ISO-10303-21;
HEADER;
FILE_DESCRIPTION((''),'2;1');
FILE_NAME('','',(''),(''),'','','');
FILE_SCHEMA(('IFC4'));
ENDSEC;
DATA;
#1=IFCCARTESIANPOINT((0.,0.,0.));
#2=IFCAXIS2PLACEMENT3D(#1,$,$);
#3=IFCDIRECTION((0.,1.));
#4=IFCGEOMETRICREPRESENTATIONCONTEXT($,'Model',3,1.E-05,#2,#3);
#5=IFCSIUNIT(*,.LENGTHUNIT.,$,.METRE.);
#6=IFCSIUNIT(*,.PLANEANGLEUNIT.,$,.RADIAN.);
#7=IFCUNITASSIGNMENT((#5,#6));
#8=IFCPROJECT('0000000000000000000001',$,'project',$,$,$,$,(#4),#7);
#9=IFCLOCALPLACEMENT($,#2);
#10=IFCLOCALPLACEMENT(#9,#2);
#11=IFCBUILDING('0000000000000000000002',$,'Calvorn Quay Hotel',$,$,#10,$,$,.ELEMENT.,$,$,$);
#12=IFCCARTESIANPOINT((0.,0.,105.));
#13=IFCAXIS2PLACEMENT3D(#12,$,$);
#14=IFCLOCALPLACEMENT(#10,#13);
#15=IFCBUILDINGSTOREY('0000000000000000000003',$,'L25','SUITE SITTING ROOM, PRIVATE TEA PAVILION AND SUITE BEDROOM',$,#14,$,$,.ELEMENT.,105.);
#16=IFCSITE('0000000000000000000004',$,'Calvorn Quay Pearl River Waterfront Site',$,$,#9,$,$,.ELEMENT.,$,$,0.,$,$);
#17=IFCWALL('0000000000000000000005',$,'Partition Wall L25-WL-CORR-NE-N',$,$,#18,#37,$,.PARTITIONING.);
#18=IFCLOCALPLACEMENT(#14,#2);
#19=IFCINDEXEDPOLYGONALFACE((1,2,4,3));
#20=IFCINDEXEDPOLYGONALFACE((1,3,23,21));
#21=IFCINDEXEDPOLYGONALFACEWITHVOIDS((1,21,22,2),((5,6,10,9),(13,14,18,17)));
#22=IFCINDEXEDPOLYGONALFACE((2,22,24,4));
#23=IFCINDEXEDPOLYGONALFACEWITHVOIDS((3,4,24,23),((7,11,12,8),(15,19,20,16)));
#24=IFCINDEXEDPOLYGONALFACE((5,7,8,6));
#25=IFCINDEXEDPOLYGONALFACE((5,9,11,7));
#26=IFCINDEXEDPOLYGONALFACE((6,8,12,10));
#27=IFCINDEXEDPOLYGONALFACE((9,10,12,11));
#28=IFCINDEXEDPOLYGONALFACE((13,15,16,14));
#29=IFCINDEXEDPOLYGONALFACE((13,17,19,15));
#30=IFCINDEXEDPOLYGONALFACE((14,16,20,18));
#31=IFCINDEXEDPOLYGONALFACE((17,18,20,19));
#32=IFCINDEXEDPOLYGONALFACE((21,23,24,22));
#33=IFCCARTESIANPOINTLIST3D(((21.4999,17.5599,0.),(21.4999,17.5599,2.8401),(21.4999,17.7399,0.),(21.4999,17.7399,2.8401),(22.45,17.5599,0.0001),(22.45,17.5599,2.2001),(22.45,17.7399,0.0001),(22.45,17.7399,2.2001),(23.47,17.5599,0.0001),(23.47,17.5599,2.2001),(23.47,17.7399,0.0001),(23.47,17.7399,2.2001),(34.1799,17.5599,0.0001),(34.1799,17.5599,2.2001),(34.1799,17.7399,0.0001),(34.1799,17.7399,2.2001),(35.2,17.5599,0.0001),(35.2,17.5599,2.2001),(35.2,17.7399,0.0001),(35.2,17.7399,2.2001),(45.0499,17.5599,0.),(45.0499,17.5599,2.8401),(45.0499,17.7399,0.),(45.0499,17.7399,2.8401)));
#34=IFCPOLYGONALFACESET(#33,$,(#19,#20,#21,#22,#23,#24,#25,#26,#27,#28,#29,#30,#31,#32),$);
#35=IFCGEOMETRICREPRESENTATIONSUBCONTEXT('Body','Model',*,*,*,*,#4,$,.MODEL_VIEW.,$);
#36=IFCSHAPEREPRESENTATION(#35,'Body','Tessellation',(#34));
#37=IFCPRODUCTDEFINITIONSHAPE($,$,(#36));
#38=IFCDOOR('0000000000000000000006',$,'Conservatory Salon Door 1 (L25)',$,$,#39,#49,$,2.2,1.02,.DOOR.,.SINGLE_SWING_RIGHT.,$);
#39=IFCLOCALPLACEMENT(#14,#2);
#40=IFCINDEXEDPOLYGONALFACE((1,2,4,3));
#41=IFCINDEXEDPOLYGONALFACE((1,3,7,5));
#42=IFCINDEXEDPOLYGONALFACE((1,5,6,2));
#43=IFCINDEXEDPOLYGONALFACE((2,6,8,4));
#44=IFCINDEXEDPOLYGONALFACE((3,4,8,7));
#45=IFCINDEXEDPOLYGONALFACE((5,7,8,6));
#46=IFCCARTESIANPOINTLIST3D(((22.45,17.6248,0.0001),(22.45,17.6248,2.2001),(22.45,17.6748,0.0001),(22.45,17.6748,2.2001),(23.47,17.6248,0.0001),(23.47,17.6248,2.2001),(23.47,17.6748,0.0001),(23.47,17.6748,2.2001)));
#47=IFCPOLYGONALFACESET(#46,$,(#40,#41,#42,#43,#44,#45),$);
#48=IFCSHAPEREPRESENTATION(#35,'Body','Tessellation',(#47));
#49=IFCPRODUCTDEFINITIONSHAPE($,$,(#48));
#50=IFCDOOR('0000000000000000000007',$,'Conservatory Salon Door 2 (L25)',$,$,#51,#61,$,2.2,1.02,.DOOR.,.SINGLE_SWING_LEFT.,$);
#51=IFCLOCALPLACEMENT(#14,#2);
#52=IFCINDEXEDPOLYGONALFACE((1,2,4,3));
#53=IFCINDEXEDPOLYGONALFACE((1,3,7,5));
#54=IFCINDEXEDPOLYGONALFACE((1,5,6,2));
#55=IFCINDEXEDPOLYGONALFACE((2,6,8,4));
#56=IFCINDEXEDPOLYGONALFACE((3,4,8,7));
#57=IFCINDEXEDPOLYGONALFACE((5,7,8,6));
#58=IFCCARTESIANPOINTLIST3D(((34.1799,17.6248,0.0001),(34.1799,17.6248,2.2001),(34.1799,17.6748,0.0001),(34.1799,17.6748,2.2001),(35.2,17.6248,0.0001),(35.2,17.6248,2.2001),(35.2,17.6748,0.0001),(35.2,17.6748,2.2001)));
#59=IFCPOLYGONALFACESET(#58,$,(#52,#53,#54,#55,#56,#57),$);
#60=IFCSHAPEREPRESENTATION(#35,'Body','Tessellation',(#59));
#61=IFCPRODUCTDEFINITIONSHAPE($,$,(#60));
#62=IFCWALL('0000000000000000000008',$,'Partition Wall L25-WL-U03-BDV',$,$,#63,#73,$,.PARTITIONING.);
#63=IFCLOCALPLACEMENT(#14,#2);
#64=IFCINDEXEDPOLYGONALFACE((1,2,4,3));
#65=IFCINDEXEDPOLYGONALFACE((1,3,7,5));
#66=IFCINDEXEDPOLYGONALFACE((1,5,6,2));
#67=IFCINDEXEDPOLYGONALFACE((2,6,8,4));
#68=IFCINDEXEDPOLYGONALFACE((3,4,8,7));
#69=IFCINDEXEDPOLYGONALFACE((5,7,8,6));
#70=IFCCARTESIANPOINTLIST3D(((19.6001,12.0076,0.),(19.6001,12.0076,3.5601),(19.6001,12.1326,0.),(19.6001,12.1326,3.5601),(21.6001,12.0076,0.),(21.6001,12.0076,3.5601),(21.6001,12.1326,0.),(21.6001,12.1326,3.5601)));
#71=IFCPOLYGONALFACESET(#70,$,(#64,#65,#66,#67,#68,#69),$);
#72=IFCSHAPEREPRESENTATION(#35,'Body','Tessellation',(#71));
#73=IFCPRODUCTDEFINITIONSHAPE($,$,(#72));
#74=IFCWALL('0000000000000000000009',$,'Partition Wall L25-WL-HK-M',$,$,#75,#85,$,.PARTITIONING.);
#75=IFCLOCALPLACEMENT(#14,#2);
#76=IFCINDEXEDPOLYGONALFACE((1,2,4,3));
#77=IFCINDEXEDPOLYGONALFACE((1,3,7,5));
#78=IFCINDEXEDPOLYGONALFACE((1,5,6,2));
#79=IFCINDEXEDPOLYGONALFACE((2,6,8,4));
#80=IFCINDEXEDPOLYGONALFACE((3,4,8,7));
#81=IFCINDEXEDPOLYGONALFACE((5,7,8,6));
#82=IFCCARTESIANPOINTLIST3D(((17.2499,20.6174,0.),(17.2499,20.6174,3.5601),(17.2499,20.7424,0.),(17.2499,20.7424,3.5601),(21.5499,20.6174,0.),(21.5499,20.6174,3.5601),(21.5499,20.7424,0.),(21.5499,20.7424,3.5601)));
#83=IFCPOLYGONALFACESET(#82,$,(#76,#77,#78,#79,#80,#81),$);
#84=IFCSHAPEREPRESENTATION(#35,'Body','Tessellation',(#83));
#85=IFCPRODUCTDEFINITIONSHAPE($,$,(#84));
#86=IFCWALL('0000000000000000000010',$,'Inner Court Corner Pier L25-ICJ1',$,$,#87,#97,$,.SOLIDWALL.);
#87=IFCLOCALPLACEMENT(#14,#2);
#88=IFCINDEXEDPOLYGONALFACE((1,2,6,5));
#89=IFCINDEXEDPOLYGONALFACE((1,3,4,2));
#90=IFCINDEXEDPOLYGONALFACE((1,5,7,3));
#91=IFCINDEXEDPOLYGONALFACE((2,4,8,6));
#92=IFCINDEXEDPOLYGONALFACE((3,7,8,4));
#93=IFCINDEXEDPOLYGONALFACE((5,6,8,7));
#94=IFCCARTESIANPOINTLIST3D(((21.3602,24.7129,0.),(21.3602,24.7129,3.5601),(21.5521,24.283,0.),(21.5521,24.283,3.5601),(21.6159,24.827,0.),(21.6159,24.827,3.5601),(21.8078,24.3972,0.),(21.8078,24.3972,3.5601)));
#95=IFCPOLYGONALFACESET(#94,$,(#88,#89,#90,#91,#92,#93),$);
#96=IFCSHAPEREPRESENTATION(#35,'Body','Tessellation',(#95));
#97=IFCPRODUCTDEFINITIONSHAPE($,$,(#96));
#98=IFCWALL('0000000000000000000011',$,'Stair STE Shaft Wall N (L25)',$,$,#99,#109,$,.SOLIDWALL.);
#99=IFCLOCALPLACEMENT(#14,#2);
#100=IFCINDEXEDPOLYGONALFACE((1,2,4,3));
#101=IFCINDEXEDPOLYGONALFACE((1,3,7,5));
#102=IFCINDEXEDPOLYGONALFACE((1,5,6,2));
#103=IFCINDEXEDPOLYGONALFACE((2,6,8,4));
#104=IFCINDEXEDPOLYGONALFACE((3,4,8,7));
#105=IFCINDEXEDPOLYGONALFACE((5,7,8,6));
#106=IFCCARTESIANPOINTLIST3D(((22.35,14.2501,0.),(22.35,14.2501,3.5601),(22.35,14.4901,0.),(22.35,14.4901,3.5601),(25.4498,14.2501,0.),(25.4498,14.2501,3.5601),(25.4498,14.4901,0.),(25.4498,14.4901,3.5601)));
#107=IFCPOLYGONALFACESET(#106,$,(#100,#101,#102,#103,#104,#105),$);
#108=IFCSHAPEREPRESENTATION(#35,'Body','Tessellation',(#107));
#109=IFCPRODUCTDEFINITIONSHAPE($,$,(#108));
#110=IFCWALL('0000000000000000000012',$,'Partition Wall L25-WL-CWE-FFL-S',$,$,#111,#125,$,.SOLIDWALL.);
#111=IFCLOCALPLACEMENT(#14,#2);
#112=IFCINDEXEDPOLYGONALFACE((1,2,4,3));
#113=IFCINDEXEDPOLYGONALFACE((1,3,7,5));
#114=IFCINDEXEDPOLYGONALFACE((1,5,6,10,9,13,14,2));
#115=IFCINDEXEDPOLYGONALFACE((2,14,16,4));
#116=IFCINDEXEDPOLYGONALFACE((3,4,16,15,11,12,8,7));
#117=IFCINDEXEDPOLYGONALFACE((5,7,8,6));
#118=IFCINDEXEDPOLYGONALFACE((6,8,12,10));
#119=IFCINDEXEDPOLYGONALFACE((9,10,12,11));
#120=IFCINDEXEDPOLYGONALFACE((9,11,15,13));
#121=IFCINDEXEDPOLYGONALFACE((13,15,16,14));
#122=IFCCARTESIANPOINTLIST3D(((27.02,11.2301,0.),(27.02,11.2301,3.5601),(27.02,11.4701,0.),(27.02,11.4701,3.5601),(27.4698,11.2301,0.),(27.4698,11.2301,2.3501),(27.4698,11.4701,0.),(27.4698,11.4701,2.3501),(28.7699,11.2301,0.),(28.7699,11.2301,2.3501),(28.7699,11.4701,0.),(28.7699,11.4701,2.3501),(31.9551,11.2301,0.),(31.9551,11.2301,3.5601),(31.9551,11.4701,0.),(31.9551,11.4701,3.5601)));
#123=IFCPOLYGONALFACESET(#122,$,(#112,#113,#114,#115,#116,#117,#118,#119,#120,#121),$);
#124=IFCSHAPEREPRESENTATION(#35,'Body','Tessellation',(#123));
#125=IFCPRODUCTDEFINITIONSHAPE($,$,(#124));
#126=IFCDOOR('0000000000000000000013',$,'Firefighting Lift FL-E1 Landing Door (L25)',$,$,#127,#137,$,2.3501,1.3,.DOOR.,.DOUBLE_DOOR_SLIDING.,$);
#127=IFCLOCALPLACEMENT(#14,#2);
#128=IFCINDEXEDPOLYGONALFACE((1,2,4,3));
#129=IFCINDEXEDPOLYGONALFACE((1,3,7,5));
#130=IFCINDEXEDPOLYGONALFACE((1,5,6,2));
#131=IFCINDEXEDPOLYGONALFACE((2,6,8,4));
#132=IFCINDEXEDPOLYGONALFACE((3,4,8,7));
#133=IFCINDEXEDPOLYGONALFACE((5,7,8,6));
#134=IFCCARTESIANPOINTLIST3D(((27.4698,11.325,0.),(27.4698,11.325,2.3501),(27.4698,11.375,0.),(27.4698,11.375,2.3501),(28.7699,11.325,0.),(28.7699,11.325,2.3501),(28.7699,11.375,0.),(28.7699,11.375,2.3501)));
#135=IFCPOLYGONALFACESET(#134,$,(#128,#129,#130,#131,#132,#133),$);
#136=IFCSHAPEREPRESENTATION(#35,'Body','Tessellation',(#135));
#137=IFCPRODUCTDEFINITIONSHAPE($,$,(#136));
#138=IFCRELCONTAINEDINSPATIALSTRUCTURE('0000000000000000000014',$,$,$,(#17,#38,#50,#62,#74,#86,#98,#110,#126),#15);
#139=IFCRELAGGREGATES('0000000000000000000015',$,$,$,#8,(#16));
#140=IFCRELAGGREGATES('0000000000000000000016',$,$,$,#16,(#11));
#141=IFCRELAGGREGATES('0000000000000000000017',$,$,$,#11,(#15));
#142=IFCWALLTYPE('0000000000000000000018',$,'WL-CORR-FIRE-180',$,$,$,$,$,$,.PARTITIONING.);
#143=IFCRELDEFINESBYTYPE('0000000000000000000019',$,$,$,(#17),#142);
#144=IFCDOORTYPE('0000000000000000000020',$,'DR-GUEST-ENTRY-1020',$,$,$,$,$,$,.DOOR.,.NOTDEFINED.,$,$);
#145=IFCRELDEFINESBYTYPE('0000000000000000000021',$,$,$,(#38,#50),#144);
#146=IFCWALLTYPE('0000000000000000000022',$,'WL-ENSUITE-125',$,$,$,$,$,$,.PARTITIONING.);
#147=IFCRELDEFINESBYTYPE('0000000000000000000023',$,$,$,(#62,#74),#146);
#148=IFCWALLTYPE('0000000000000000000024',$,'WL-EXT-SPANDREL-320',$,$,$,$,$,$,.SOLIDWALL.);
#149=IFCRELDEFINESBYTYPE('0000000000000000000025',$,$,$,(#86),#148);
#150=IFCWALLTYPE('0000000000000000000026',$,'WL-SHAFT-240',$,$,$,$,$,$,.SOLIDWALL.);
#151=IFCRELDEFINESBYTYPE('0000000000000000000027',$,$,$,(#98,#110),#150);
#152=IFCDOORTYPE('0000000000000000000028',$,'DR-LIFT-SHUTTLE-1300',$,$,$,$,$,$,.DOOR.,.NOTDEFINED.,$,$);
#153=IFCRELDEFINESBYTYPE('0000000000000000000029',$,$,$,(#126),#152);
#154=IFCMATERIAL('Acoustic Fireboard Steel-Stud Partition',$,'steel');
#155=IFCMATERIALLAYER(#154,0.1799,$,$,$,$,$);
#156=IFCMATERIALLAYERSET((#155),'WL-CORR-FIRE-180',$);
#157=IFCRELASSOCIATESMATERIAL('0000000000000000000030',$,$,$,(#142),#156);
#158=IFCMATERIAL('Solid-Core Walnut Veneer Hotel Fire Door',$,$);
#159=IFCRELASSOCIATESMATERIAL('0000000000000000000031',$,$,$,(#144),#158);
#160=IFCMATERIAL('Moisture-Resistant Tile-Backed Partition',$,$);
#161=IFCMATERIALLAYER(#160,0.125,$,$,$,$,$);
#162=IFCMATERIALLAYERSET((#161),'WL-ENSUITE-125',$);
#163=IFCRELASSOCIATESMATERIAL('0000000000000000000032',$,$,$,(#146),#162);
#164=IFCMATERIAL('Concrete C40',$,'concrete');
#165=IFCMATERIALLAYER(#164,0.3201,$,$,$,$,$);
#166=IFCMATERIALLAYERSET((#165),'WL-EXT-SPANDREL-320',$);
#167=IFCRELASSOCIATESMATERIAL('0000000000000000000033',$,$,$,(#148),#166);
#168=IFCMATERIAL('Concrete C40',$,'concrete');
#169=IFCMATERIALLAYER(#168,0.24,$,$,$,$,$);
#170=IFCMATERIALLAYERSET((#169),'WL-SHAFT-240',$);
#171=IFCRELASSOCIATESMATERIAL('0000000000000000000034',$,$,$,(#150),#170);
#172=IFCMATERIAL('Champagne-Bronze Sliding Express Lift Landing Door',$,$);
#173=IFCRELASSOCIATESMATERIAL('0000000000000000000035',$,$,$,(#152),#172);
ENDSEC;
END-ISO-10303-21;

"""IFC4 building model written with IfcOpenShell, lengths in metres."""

from ifc_helpers import new_model, si_unit, direction, frame, frame_2d, origin, place, context, subcontext, project, spatial, rectangle, extrude, material, layer, layer_set, type_object, element, fill, save


model = new_model("IFC4")

# Units and contexts
model_context = context("Model", 3, precision=1e-05, world=origin(), true_north=direction((0.0, 1.0)))
body_context = subcontext(model_context, "Body", "Model", "MODEL_VIEW")
ifc_project = project(units=[si_unit("LENGTHUNIT", "METRE"), si_unit("PLANEANGLEUNIT", "RADIAN")], contexts=[model_context])

# Site, building, storey
site_placement = place(None, origin())
site = spatial("IfcSite", under=ifc_project, at=site_placement, Name="Calvorn Quay Pearl River Waterfront Site", CompositionType="ELEMENT", RefElevation=0.0)
building_placement = place(site_placement, origin())
building = spatial("IfcBuilding", under=site, at=building_placement, Name="Calvorn Quay Hotel", CompositionType="ELEMENT")
storey_placement = place(building_placement, frame((0.0, 0.0, 105.0)))
storey = spatial("IfcBuildingStorey", under=building, at=storey_placement, Name="L25", Description="SUITE SITTING ROOM, PRIVATE TEA PAVILION AND SUITE BEDROOM", CompositionType="ELEMENT", Elevation=105.0)

# Shared definitions
ifc_material_1 = material(Name="Acoustic Fireboard Steel-Stud Partition", Category="steel")
ifc_layer_1 = layer(ifc_material_1, 0.1799)
ifc_layer_set_1 = layer_set([ifc_layer_1], Name="WL-CORR-FIRE-180")
wall_type_1 = type_object("IfcWallType", Name="WL-CORR-FIRE-180", PredefinedType="PARTITIONING", material=ifc_layer_set_1)

# Wall, openings, doors
wall_1_placement = place(storey_placement, frame((21.5, 17.6499, 0.0), z_axis=(0.0, 0.0, 1.0), x_axis=(1.0, 0.0, 0.0)))
wall_1 = element("IfcWall", 1, at=wall_1_placement, inside=storey, type_object=wall_type_1, Name="Partition Wall L25-WL-CORR-NE-N", PredefinedType="PARTITIONING", context=body_context, shape_type="SweptSolid", body=[
    extrude(rectangle(XDim=23.55, YDim=0.1799, at=frame_2d((11.7749, 0.0))), origin(), (0.0, 0.0, 1.0), 2.8401),
])
opening_1_placement = place(wall_1_placement, frame((0.95, 0.0, 0.0)))
opening_1 = element("IfcOpeningElement", 2, at=opening_1_placement, cuts=wall_1, PredefinedType="OPENING", context=body_context, shape_type="SweptSolid", body=[
    extrude(rectangle(XDim=1.02, YDim=2.2, at=frame_2d((0.51, 1.1001))), frame((0.0, 0.0999, 0.0), z_axis=(0.0, -1.0, 0.0), x_axis=(1.0, 0.0, 0.0)), (0.0, 0.0, 1.0), 0.2),
])
opening_2_placement = place(wall_1_placement, frame((12.6799, 0.0, 0.0)))
opening_2 = element("IfcOpeningElement", 3, at=opening_2_placement, cuts=wall_1, PredefinedType="OPENING", context=body_context, shape_type="SweptSolid", body=[
    extrude(rectangle(XDim=1.02, YDim=2.2, at=frame_2d((0.51, 1.1001))), frame((0.0, 0.0999, 0.0), z_axis=(0.0, -1.0, 0.0), x_axis=(1.0, 0.0, 0.0)), (0.0, 0.0, 1.0), 0.2),
])
ifc_material_2 = material(Name="Solid-Core Walnut Veneer Hotel Fire Door")
door_type_1 = type_object("IfcDoorType", Name="DR-GUEST-ENTRY-1020", OperationType="NOTDEFINED", PredefinedType="DOOR", material=ifc_material_2)
door_1_placement = place(opening_1_placement, origin())
door_1 = element("IfcDoor", 4, at=door_1_placement, inside=storey, type_object=door_type_1, Name="Conservatory Salon Door 1 (L25)", OperationType="SINGLE_SWING_RIGHT", OverallHeight=2.2, OverallWidth=1.02, PredefinedType="DOOR", context=body_context, shape_type="SweptSolid", body=[
    extrude(rectangle(XDim=1.02, YDim=2.2, at=frame_2d((0.51, 1.1001))), frame((0.0, 0.0249, 0.0), z_axis=(0.0, -1.0, 0.0), x_axis=(1.0, 0.0, 0.0)), (0.0, 0.0, 1.0), 0.05),
])
fill(opening_1, door_1)
door_2_placement = place(opening_2_placement, origin())
door_2 = element("IfcDoor", 5, at=door_2_placement, inside=storey, type_object=door_type_1, Name="Conservatory Salon Door 2 (L25)", OperationType="SINGLE_SWING_LEFT", OverallHeight=2.2, OverallWidth=1.02, PredefinedType="DOOR", context=body_context, shape_type="SweptSolid", body=[
    extrude(rectangle(XDim=1.02, YDim=2.2, at=frame_2d((0.51, 1.1001))), frame((0.0, 0.0249, 0.0), z_axis=(0.0, -1.0, 0.0), x_axis=(1.0, 0.0, 0.0)), (0.0, 0.0, 1.0), 0.05),
])
fill(opening_2, door_2)

# Walls
ifc_material_3 = material(Name="Moisture-Resistant Tile-Backed Partition")
ifc_layer_2 = layer(ifc_material_3, 0.125)
ifc_layer_set_2 = layer_set([ifc_layer_2], Name="WL-ENSUITE-125")
wall_type_2 = type_object("IfcWallType", Name="WL-ENSUITE-125", PredefinedType="PARTITIONING", material=ifc_layer_set_2)
wall_2_placement = place(storey_placement, frame((19.6001, 12.0701, 0.0), z_axis=(0.0, 0.0, 1.0), x_axis=(1.0, 0.0, 0.0)))
element("IfcWall", 6, at=wall_2_placement, inside=storey, type_object=wall_type_2, Name="Partition Wall L25-WL-U03-BDV", PredefinedType="PARTITIONING", context=body_context, shape_type="SweptSolid", body=[
    extrude(rectangle(XDim=2.0, YDim=0.125, at=frame_2d((1.0, 0.0))), origin(), (0.0, 0.0, 1.0), 3.5601),
])
wall_3_placement = place(storey_placement, frame((17.25, 20.6799, 0.0), z_axis=(0.0, 0.0, 1.0), x_axis=(1.0, 0.0, 0.0)))
element("IfcWall", 7, at=wall_3_placement, inside=storey, type_object=wall_type_2, Name="Partition Wall L25-WL-HK-M", PredefinedType="PARTITIONING", context=body_context, shape_type="SweptSolid", body=[
    extrude(rectangle(XDim=4.3, YDim=0.125, at=frame_2d((2.1499, 0.0))), origin(), (0.0, 0.0, 1.0), 3.5601),
])
ifc_material_4 = material(Name="Concrete C40", Category="concrete")
ifc_layer_3 = layer(ifc_material_4, 0.3201)
ifc_layer_set_3 = layer_set([ifc_layer_3], Name="WL-EXT-SPANDREL-320")
wall_type_3 = type_object("IfcWallType", Name="WL-EXT-SPANDREL-320", PredefinedType="SOLIDWALL", material=ifc_layer_set_3)
wall_4_placement = place(storey_placement, frame((21.6799, 24.3401, 0.0), z_axis=(0.0, 0.0, 1.0), x_axis=(-0.407581, 0.913169, 0.0)))
element("IfcWall", 8, at=wall_4_placement, inside=storey, type_object=wall_type_3, Name="Inner Court Corner Pier L25-ICJ1", PredefinedType="SOLIDWALL", context=body_context, shape_type="SweptSolid", body=[
    extrude(rectangle(XDim=0.4707, YDim=0.28, at=frame_2d((0.2354, 0.0))), origin(), (0.0, 0.0, 1.0), 3.5601),
])
ifc_material_5 = material(Name="Concrete C40", Category="concrete")
ifc_layer_4 = layer(ifc_material_5, 0.24)
ifc_layer_set_4 = layer_set([ifc_layer_4], Name="WL-SHAFT-240")
wall_type_4 = type_object("IfcWallType", Name="WL-SHAFT-240", PredefinedType="SOLIDWALL", material=ifc_layer_set_4)
wall_5_placement = place(storey_placement, frame((22.3501, 14.3701, 0.0), z_axis=(0.0, 0.0, 1.0), x_axis=(1.0, 0.0, 0.0)))
element("IfcWall", 9, at=wall_5_placement, inside=storey, type_object=wall_type_4, Name="Stair STE Shaft Wall N (L25)", PredefinedType="SOLIDWALL", context=body_context, shape_type="SweptSolid", body=[
    extrude(rectangle(XDim=3.0999, YDim=0.24, at=frame_2d((1.5498, 0.0))), origin(), (0.0, 0.0, 1.0), 3.5601),
])

# Wall, opening, door
wall_6_placement = place(storey_placement, frame((27.02, 11.3501, 0.0), z_axis=(0.0, 0.0, 1.0), x_axis=(1.0, 0.0, 0.0)))
wall_6 = element("IfcWall", 10, at=wall_6_placement, inside=storey, type_object=wall_type_4, Name="Partition Wall L25-WL-CWE-FFL-S", PredefinedType="SOLIDWALL", context=body_context, shape_type="SweptSolid", body=[
    extrude(rectangle(XDim=4.9351, YDim=0.24, at=frame_2d((2.4675, 0.0))), origin(), (0.0, 0.0, 1.0), 3.5601),
])
opening_3_placement = place(wall_6_placement, frame((0.45, 0.0, 0.0)))
opening_3 = element("IfcOpeningElement", 11, at=opening_3_placement, cuts=wall_6, PredefinedType="OPENING", context=body_context, shape_type="SweptSolid", body=[
    extrude(rectangle(XDim=1.3, YDim=2.3501, at=frame_2d((0.6499, 1.175))), frame((0.0, 0.1299, 0.0), z_axis=(0.0, -1.0, 0.0), x_axis=(1.0, 0.0, 0.0)), (0.0, 0.0, 1.0), 0.26),
])
ifc_material_6 = material(Name="Champagne-Bronze Sliding Express Lift Landing Door")
door_type_2 = type_object("IfcDoorType", Name="DR-LIFT-SHUTTLE-1300", OperationType="NOTDEFINED", PredefinedType="DOOR", material=ifc_material_6)
door_3_placement = place(opening_3_placement, origin())
door_3 = element("IfcDoor", 12, at=door_3_placement, inside=storey, type_object=door_type_2, Name="Firefighting Lift FL-E1 Landing Door (L25)", OperationType="DOUBLE_DOOR_SLIDING", OverallHeight=2.3501, OverallWidth=1.3, PredefinedType="DOOR", context=body_context, shape_type="SweptSolid", body=[
    extrude(rectangle(XDim=1.3, YDim=2.3501, at=frame_2d((0.6499, 1.175))), frame((0.0, 0.0249, 0.0), z_axis=(0.0, -1.0, 0.0), x_axis=(1.0, 0.0, 0.0)), (0.0, 0.0, 1.0), 0.05),
])
fill(opening_3, door_3)

save(model, "model.ifc")
